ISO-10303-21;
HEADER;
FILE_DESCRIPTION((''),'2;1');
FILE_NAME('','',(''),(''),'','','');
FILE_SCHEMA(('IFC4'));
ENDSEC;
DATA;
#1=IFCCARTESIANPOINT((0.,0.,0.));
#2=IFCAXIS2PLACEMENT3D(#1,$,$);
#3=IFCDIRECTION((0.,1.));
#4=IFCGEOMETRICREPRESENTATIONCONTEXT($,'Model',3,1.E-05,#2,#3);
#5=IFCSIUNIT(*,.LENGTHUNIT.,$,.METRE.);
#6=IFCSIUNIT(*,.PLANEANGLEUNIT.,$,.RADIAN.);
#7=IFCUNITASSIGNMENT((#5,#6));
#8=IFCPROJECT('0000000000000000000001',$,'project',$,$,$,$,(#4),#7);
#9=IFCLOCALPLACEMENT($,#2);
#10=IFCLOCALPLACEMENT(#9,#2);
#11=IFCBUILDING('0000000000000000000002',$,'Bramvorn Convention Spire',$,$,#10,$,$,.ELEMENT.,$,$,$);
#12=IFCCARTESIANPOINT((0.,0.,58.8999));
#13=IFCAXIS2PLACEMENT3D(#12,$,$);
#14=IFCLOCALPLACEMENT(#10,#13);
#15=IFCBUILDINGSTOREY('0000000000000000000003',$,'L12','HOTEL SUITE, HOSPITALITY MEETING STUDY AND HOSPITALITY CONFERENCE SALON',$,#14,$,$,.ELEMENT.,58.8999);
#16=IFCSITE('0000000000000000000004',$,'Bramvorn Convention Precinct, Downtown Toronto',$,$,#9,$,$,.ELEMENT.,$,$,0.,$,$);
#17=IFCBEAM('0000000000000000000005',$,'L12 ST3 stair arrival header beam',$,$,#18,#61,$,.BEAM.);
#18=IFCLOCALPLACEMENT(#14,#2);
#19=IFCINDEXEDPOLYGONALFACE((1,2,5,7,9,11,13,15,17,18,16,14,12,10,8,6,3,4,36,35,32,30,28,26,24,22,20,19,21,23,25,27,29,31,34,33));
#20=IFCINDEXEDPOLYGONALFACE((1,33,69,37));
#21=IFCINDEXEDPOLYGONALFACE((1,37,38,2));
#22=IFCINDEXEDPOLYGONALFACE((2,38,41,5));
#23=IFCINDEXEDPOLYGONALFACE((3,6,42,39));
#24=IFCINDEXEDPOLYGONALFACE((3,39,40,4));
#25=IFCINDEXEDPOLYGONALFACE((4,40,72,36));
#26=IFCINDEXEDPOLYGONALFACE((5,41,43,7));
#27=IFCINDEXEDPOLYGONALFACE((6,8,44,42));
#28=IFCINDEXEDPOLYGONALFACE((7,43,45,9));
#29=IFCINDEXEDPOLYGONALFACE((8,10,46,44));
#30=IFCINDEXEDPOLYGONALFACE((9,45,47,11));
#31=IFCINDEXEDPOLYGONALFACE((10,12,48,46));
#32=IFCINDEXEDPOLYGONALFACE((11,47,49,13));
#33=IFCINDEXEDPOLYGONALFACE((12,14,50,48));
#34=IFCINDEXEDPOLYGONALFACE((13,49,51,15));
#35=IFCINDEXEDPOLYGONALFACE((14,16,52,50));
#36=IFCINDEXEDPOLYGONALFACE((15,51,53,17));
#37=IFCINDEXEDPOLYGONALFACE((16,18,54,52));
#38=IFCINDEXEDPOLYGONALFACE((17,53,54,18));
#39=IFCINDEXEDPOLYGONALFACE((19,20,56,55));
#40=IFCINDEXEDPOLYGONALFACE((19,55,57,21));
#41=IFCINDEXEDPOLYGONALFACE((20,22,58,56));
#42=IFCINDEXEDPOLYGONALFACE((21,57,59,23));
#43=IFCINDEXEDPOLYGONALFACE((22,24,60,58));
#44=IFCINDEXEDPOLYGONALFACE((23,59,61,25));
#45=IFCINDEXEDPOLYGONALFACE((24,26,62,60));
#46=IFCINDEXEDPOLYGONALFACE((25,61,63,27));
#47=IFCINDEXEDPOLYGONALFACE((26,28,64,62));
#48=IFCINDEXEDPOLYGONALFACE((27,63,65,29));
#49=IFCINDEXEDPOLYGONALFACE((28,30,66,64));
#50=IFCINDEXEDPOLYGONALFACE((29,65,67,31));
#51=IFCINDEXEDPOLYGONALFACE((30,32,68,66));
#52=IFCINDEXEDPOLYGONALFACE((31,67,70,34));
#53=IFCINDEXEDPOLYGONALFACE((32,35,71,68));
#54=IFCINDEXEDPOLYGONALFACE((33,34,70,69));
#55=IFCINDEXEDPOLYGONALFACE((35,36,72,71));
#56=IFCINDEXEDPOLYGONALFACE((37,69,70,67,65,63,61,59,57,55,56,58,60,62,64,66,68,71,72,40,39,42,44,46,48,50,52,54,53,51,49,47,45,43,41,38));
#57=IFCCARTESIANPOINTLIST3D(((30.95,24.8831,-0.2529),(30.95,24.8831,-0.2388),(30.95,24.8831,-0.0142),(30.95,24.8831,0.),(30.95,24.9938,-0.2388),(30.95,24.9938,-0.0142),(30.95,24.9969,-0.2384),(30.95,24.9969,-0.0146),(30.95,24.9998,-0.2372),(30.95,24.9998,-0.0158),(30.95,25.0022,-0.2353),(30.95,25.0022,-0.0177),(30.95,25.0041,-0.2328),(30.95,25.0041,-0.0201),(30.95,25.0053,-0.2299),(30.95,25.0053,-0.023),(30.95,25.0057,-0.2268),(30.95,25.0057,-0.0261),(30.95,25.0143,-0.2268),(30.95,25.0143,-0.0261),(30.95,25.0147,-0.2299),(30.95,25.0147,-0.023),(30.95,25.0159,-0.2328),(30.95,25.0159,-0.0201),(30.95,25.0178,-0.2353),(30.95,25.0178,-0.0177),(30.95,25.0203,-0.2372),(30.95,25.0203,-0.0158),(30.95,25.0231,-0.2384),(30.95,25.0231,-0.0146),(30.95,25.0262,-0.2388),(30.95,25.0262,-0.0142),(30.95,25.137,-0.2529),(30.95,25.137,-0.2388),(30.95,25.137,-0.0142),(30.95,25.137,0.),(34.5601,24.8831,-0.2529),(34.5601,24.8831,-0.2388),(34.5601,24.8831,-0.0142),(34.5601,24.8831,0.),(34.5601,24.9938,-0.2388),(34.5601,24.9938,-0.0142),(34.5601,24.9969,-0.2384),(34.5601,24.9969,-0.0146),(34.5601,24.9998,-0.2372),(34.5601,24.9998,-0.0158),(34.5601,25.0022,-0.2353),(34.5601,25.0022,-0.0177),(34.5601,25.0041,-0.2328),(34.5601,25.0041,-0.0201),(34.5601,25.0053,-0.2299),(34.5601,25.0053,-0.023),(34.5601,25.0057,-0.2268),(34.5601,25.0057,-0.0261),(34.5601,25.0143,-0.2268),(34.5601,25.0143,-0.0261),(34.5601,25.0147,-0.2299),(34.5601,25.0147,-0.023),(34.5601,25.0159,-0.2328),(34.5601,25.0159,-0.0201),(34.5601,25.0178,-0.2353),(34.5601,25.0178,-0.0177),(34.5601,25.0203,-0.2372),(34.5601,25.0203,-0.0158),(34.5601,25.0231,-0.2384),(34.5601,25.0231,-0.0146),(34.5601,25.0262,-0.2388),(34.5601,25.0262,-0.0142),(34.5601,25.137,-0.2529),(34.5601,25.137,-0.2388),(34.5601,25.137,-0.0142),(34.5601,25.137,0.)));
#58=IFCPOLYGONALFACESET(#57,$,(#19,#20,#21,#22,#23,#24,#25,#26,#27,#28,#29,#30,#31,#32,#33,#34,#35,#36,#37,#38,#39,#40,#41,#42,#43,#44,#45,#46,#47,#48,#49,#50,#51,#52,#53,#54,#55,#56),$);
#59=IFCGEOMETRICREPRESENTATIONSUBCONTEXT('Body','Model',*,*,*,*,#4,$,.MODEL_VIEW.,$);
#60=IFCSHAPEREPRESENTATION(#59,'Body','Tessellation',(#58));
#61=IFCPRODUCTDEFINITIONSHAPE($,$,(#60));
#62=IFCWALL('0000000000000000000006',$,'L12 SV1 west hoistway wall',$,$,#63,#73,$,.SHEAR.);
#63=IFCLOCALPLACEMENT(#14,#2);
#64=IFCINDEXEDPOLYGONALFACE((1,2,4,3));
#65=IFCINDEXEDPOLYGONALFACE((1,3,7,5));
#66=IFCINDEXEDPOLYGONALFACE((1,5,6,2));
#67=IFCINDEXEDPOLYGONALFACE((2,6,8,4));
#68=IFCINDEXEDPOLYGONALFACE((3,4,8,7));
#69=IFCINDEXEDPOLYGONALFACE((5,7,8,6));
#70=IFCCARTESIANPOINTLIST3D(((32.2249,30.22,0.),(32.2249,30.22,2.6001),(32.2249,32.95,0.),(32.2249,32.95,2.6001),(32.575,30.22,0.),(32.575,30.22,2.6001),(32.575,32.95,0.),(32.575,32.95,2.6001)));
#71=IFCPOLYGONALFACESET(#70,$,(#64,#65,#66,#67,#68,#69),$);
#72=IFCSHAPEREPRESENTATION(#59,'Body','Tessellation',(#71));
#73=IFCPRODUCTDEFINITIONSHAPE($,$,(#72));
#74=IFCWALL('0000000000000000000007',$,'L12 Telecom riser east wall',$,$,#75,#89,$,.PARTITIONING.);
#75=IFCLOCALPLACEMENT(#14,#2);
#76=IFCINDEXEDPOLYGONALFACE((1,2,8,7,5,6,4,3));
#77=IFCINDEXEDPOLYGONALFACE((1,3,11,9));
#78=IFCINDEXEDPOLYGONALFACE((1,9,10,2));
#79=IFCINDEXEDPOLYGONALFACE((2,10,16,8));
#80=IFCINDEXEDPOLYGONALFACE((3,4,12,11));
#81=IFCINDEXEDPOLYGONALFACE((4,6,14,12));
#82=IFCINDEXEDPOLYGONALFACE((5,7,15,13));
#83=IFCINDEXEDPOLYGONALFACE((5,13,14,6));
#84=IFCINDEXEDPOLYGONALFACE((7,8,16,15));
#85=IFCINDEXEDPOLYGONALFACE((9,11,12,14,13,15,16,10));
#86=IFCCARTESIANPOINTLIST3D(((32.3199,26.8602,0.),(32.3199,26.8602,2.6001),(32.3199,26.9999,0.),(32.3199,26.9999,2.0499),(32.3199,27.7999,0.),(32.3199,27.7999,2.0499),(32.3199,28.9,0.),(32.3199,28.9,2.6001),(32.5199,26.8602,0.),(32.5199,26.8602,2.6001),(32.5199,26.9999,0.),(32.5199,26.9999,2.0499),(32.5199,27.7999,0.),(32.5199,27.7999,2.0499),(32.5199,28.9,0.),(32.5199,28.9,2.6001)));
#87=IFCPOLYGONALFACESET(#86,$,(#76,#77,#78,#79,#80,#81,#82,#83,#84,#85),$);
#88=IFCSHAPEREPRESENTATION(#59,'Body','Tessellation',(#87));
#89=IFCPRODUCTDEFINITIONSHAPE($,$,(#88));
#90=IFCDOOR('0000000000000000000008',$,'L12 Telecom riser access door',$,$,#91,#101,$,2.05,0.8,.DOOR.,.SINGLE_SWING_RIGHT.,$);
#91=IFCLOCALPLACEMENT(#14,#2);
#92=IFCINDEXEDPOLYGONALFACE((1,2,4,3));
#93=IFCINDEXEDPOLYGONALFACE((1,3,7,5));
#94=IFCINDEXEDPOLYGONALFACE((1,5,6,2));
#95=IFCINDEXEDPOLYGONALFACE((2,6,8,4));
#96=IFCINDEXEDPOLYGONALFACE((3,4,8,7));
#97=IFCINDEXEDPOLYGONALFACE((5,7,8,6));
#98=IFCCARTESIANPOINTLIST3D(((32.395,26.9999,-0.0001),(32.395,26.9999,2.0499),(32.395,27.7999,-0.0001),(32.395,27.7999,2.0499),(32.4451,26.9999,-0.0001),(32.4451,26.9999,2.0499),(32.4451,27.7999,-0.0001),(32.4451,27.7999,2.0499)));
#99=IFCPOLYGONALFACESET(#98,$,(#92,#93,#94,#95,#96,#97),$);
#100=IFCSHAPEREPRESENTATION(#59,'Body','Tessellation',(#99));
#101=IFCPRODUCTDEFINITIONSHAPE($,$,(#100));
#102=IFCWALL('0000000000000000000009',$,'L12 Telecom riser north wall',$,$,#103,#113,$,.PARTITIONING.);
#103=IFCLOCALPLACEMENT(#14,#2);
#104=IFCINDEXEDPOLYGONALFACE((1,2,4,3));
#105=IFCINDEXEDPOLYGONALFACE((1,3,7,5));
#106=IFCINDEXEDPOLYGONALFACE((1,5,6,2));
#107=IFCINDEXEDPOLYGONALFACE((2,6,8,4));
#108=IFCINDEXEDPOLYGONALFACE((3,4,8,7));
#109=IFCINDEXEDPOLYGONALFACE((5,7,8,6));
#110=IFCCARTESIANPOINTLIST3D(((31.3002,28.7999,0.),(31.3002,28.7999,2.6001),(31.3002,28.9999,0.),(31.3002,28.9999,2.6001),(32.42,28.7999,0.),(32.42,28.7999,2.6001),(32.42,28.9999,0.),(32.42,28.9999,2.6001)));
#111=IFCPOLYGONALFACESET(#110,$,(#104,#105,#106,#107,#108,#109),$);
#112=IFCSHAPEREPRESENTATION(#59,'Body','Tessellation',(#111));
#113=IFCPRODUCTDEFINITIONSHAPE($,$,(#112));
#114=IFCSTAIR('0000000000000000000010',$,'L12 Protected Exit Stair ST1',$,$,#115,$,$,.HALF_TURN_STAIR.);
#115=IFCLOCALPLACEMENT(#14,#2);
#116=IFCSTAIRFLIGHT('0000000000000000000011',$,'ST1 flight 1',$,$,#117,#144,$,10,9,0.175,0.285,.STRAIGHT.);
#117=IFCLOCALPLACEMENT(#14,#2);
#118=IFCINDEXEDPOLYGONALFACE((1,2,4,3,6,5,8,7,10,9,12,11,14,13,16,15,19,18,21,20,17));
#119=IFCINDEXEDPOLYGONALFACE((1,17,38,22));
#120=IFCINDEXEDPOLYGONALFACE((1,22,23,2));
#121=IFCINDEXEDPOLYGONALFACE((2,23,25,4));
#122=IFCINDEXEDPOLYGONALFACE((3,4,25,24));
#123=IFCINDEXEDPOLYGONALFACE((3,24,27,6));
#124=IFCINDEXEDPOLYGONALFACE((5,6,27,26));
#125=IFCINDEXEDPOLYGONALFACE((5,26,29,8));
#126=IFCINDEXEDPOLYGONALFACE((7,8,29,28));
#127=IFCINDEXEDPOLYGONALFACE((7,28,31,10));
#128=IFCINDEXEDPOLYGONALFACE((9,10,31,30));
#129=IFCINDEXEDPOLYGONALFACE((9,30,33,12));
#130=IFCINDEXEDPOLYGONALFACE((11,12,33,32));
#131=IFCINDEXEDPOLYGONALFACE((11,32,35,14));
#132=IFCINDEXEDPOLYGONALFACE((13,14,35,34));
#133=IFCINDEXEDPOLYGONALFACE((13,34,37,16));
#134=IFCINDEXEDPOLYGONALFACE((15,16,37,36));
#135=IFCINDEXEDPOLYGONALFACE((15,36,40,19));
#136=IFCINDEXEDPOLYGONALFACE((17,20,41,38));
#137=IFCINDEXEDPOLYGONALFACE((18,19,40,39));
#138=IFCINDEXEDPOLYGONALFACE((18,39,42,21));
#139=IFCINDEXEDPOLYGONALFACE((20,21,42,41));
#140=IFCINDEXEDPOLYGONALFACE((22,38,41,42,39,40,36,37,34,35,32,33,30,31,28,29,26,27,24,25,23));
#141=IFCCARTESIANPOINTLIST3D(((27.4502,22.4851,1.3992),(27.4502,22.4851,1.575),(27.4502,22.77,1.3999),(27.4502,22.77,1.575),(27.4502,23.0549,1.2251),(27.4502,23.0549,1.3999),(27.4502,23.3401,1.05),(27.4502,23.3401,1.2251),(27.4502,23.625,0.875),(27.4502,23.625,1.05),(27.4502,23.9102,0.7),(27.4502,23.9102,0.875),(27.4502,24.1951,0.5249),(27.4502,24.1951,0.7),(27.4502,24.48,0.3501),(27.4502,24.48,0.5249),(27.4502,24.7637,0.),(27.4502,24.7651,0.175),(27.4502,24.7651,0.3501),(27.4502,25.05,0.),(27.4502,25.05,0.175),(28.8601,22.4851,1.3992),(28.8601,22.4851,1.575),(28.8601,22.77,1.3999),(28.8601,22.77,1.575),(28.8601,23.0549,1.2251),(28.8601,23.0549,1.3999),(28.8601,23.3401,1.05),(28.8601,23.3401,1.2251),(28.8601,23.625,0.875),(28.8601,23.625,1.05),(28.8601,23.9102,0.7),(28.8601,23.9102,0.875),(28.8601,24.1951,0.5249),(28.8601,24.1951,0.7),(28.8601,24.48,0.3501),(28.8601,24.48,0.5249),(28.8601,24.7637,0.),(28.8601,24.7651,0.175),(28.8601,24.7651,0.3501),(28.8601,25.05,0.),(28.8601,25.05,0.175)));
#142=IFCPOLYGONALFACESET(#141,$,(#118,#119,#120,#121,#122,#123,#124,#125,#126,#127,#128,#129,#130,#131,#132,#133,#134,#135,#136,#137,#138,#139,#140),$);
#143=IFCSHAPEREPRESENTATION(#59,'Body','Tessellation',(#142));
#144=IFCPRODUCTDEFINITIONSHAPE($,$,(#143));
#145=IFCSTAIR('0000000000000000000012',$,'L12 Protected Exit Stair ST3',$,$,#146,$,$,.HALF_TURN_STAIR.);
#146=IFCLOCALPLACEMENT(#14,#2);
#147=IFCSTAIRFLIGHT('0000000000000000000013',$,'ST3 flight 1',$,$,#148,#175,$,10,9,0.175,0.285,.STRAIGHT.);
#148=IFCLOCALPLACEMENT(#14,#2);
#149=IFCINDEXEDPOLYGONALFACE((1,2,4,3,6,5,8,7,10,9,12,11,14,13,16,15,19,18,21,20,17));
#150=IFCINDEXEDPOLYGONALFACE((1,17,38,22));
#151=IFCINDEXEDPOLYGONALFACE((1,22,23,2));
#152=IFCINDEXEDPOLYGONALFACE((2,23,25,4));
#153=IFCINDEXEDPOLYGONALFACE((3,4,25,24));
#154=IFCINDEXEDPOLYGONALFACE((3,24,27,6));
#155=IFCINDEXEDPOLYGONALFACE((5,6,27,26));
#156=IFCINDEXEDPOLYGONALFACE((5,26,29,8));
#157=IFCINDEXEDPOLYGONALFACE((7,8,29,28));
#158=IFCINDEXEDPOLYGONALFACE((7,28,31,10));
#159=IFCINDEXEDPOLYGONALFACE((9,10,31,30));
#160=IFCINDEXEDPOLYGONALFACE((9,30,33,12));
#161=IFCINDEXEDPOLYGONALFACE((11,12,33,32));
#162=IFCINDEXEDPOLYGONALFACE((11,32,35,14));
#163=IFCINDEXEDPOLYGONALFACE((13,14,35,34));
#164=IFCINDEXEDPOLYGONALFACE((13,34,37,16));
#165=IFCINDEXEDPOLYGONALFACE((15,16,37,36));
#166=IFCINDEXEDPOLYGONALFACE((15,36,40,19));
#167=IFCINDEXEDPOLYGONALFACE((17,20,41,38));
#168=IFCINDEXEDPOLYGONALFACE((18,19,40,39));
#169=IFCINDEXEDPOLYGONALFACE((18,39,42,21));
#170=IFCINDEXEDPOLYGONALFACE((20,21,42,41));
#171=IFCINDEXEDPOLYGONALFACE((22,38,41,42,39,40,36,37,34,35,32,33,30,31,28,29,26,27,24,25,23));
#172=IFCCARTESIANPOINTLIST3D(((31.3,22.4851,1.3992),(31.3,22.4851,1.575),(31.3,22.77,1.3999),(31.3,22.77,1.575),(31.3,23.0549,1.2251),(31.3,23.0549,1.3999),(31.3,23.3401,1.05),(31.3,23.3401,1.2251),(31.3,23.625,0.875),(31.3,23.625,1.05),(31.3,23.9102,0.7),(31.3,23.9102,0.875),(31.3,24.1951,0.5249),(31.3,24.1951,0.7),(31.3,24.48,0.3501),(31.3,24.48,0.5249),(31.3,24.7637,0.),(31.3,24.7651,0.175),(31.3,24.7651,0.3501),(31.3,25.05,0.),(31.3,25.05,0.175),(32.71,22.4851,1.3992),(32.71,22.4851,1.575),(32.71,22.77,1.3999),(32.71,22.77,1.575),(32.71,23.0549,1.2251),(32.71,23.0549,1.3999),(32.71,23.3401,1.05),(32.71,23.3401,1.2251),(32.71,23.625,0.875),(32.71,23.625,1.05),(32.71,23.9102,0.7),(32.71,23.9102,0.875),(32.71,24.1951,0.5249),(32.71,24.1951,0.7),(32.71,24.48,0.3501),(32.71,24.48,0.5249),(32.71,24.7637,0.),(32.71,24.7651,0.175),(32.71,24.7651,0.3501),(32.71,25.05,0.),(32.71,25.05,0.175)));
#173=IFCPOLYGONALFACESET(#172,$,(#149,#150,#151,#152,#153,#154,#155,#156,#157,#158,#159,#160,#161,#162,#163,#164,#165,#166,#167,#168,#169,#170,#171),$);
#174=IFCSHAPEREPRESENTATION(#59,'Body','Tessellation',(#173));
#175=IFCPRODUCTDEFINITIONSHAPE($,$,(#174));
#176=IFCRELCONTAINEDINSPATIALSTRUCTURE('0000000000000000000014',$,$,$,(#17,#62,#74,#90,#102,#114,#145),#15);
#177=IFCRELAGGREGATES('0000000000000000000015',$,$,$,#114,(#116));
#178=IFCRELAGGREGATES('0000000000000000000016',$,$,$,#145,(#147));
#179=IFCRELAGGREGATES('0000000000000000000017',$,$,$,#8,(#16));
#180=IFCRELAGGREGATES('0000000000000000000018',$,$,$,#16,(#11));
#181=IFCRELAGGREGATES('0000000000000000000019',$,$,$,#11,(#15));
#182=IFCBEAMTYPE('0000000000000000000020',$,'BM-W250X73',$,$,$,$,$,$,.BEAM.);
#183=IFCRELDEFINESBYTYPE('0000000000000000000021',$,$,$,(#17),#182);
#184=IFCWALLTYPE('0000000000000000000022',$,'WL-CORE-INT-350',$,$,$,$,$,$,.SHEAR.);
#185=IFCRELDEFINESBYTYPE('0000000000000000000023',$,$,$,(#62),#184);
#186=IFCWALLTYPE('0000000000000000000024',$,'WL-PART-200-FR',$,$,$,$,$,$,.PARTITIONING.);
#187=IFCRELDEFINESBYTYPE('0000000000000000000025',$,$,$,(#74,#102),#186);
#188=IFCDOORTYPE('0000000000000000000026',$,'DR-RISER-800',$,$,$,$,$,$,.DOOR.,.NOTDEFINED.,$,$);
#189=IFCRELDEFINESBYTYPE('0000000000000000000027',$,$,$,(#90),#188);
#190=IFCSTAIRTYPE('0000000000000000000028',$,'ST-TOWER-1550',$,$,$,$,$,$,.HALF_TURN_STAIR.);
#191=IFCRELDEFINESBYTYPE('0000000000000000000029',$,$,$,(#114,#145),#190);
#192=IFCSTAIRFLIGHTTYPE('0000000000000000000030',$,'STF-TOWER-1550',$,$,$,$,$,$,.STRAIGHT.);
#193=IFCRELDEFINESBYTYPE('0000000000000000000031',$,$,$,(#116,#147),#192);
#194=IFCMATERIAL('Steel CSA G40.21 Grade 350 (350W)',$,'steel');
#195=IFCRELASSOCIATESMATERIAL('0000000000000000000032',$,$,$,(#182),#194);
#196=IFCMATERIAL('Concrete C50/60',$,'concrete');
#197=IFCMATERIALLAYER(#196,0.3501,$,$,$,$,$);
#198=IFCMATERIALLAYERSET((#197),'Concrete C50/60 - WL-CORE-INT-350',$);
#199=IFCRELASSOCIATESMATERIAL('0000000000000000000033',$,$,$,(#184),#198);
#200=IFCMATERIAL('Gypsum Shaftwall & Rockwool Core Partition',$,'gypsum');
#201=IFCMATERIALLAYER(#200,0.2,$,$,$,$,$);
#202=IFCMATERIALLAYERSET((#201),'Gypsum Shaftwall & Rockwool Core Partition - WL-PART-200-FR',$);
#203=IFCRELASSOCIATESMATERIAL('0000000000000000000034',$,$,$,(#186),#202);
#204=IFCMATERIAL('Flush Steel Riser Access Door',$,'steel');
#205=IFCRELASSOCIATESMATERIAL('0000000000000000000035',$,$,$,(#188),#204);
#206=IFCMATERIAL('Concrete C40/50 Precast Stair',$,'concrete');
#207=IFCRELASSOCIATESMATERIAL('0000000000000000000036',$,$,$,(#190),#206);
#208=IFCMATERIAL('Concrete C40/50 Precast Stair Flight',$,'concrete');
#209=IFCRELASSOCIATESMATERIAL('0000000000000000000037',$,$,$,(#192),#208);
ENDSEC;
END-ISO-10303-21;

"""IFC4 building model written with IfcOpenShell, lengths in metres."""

from ifc_helpers import new_model, si_unit, direction, frame, frame_2d, origin, origin_2d, place, context, subcontext, project, spatial, polyline, rectangle, i_section, outline, extrude, material, layer, layer_set, material_profile, profile_set, type_object, element, fill, aggregate, save


model = new_model("IFC4")

# Units and contexts
model_context = context("Model", 3, precision=1e-05, world=origin(), true_north=direction((0.0, 1.0)))
body_context = subcontext(model_context, "Body", "Model", "MODEL_VIEW")
ifc_project = project(units=[si_unit("LENGTHUNIT", "METRE"), si_unit("PLANEANGLEUNIT", "RADIAN")], contexts=[model_context])

# Site, building, storey
site_placement = place(None, origin())
site = spatial("IfcSite", under=ifc_project, at=site_placement, Name="Bramvorn Convention Precinct, Downtown Toronto", CompositionType="ELEMENT", RefElevation=0.0)
building_placement = place(site_placement, origin())
building = spatial("IfcBuilding", under=site, at=building_placement, Name="Bramvorn Convention Spire", CompositionType="ELEMENT")
storey_placement = place(building_placement, frame((0.0, 0.0, 58.8999)))
storey = spatial("IfcBuildingStorey", under=building, at=storey_placement, Name="L12", Description="HOTEL SUITE, HOSPITALITY MEETING STUDY AND HOSPITALITY CONFERENCE SALON", CompositionType="ELEMENT", Elevation=58.8999)

# Beam
ifc_material_1 = material(Name="Steel CSA G40.21 Grade 350 (350W)", Category="steel")
ifc_material_profile = material_profile(ifc_material_1, i_section(OverallWidth=0.2539, OverallDepth=0.2529, WebThickness=0.0085, FlangeThickness=0.0142, FilletRadius=0.012, at=origin_2d()))
ifc_profile_set = profile_set([ifc_material_profile], Name="Steel CSA G40.21 Grade 350 (350W) - W250X73")
beam_type = type_object("IfcBeamType", Name="BM-W250X73", PredefinedType="BEAM", material=ifc_profile_set)
beam_placement = place(storey_placement, frame((30.95, 25.01, -0.1265), z_axis=(1.0, 0.0, 0.0), x_axis=(0.0, 1.0, 0.0)))
element("IfcBeam", 1, at=beam_placement, inside=storey, type_object=beam_type, Name="L12 ST3 stair arrival header beam", PredefinedType="BEAM", context=body_context, shape_type="SweptSolid", body=[
    extrude(i_section(OverallWidth=0.2539, OverallDepth=0.2529, WebThickness=0.0085, FlangeThickness=0.0142, FilletRadius=0.012, at=origin_2d()), origin(), (0.0, 0.0, 1.0), 3.6101),
])

# Shared definitions
ifc_material_2 = material(Name="Concrete C50/60", Category="concrete")
ifc_layer_1 = layer(ifc_material_2, 0.3501)
ifc_layer_set_1 = layer_set([ifc_layer_1], Name="Concrete C50/60 - WL-CORE-INT-350")
wall_type_1 = type_object("IfcWallType", Name="WL-CORE-INT-350", PredefinedType="SHEAR", material=ifc_layer_set_1)

# Wall
wall_1_placement = place(storey_placement, frame((32.3999, 30.22, 0.0), z_axis=(0.0, 0.0, 1.0), x_axis=(0.0, 1.0, 0.0)))
element("IfcWall", 2, at=wall_1_placement, inside=storey, type_object=wall_type_1, Name="L12 SV1 west hoistway wall", PredefinedType="SHEAR", context=body_context, shape_type="SweptSolid", body=[
    extrude(rectangle(XDim=2.73, YDim=0.3501, at=frame_2d((1.365, 0.0))), origin(), (0.0, 0.0, 1.0), 2.6001),
])

# Wall, opening, door
ifc_material_3 = material(Name="Gypsum Shaftwall & Rockwool Core Partition", Category="gypsum")
ifc_layer_2 = layer(ifc_material_3, 0.2)
ifc_layer_set_2 = layer_set([ifc_layer_2], Name="Gypsum Shaftwall & Rockwool Core Partition - WL-PART-200-FR")
wall_type_2 = type_object("IfcWallType", Name="WL-PART-200-FR", PredefinedType="PARTITIONING", material=ifc_layer_set_2)
wall_2_placement = place(storey_placement, frame((32.4199, 26.8601, 0.0), z_axis=(0.0, 0.0, 1.0), x_axis=(0.0, 1.0, 0.0)))
wall_2 = element("IfcWall", 3, at=wall_2_placement, inside=storey, type_object=wall_type_2, Name="L12 Telecom riser east wall", PredefinedType="PARTITIONING", context=body_context, shape_type="SweptSolid", body=[
    extrude(rectangle(XDim=2.0398, YDim=0.2, at=frame_2d((1.02, 0.0))), origin(), (0.0, 0.0, 1.0), 2.6001),
])
opening_1_placement = place(wall_2_placement, frame((0.1399, 0.0, 0.0)))
opening_1 = element("IfcOpeningElement", 4, at=opening_1_placement, cuts=wall_2, PredefinedType="OPENING", context=body_context, shape_type="SweptSolid", body=[
    extrude(rectangle(XDim=0.8, YDim=2.05, at=frame_2d((0.3999, 1.0249))), frame((0.0, 0.1099, 0.0), z_axis=(0.0, -1.0, 0.0), x_axis=(1.0, 0.0, 0.0)), (0.0, 0.0, 1.0), 0.22),
])
ifc_material_4 = material(Name="Flush Steel Riser Access Door", Category="steel")
door_type_1 = type_object("IfcDoorType", Name="DR-RISER-800", OperationType="NOTDEFINED", PredefinedType="DOOR", material=ifc_material_4)
door_1_placement = place(opening_1_placement, origin())
door_1 = element("IfcDoor", 5, at=door_1_placement, inside=storey, type_object=door_type_1, Name="L12 Telecom riser access door", OperationType="SINGLE_SWING_RIGHT", OverallHeight=2.05, OverallWidth=0.8, PredefinedType="DOOR", context=body_context, shape_type="SweptSolid", body=[
    extrude(rectangle(XDim=0.8, YDim=2.05, at=frame_2d((0.3999, 1.0249))), frame((0.0, 0.0249, 0.0), z_axis=(0.0, -1.0, 0.0), x_axis=(1.0, 0.0, 0.0)), (0.0, 0.0, 1.0), 0.05),
])
fill(opening_1, door_1)

# Wall
wall_3_placement = place(storey_placement, frame((31.3, 28.8999, 0.0), z_axis=(0.0, 0.0, 1.0), x_axis=(1.0, 0.0, 0.0)))
element("IfcWall", 6, at=wall_3_placement, inside=storey, type_object=wall_type_2, Name="L12 Telecom riser north wall", PredefinedType="PARTITIONING", context=body_context, shape_type="SweptSolid", body=[
    extrude(rectangle(XDim=1.1199, YDim=0.2, at=frame_2d((0.5601, 0.0))), origin(), (0.0, 0.0, 1.0), 2.6001),
])

# Stairs, stair flights
ifc_material_5 = material(Name="Concrete C40/50 Precast Stair", Category="concrete")
stair_type = type_object("IfcStairType", Name="ST-TOWER-1550", PredefinedType="HALF_TURN_STAIR", material=ifc_material_5)
stair_1_placement = place(storey_placement, origin())
stair_1 = element("IfcStair", 7, at=stair_1_placement, inside=storey, type_object=stair_type, Name="L12 Protected Exit Stair ST1", PredefinedType="HALF_TURN_STAIR")
ifc_material_6 = material(Name="Concrete C40/50 Precast Stair Flight", Category="concrete")
stair_flight_type = type_object("IfcStairFlightType", Name="STF-TOWER-1550", PredefinedType="STRAIGHT", material=ifc_material_6)
stair_flight_1_placement = place(storey_placement, frame((28.155, 25.05, 0.0), z_axis=(0.0, 0.0, 1.0), x_axis=(0.0, -1.0, 0.0)))
stair_flight_1 = element("IfcStairFlight", 8, at=stair_flight_1_placement, type_object=stair_flight_type, Name="ST1 flight 1", NumberOfRisers=10, NumberOfTreads=9, PredefinedType="STRAIGHT", RiserHeight=0.175, TreadLength=0.285, context=body_context, shape_type="SweptSolid", body=[
    extrude(outline(polyline([(0.0, 0.0), (0.0, 0.175), (0.2849, 0.175), (0.2849, 0.3501), (0.5701, 0.3501), (0.5701, 0.5249), (0.855, 0.5249), (0.855, 0.7), (1.1399, 0.7), (1.1399, 0.875), (1.425, 0.875), (1.425, 1.05), (1.71, 1.05), (1.71, 1.2251), (1.9951, 1.2251), (1.9951, 1.3999), (2.28, 1.3999), (2.28, 1.575), (2.5649, 1.575), (2.5649, 1.75), (2.5649, 1.3992), (0.2864, 0.0), (0.0, 0.0)])), frame((0.0, 0.7051, 0.0), z_axis=(0.0, -1.0, 0.0), x_axis=(1.0, 0.0, 0.0)), (0.0, 0.0, 1.0), 1.4099),
])
aggregate(stair_1, [stair_flight_1])
stair_2_placement = place(storey_placement, origin())
stair_2 = element("IfcStair", 9, at=stair_2_placement, inside=storey, type_object=stair_type, Name="L12 Protected Exit Stair ST3", PredefinedType="HALF_TURN_STAIR")
stair_flight_2_placement = place(storey_placement, frame((32.0049, 25.05, 0.0), z_axis=(0.0, 0.0, 1.0), x_axis=(0.0, -1.0, 0.0)))
stair_flight_2 = element("IfcStairFlight", 10, at=stair_flight_2_placement, type_object=stair_flight_type, Name="ST3 flight 1", NumberOfRisers=10, NumberOfTreads=9, PredefinedType="STRAIGHT", RiserHeight=0.175, TreadLength=0.285, context=body_context, shape_type="SweptSolid", body=[
    extrude(outline(polyline([(0.0, 0.0), (0.0, 0.175), (0.2849, 0.175), (0.2849, 0.3501), (0.5701, 0.3501), (0.5701, 0.5249), (0.855, 0.5249), (0.855, 0.7), (1.1399, 0.7), (1.1399, 0.875), (1.425, 0.875), (1.425, 1.05), (1.71, 1.05), (1.71, 1.2251), (1.9951, 1.2251), (1.9951, 1.3999), (2.28, 1.3999), (2.28, 1.575), (2.5649, 1.575), (2.5649, 1.75), (2.5649, 1.3992), (0.2864, 0.0), (0.0, 0.0)])), frame((0.0, 0.7051, 0.0), z_axis=(0.0, -1.0, 0.0), x_axis=(1.0, 0.0, 0.0)), (0.0, 0.0, 1.0), 1.4099),
])
aggregate(stair_2, [stair_flight_2])

save(model, "model.ifc")
